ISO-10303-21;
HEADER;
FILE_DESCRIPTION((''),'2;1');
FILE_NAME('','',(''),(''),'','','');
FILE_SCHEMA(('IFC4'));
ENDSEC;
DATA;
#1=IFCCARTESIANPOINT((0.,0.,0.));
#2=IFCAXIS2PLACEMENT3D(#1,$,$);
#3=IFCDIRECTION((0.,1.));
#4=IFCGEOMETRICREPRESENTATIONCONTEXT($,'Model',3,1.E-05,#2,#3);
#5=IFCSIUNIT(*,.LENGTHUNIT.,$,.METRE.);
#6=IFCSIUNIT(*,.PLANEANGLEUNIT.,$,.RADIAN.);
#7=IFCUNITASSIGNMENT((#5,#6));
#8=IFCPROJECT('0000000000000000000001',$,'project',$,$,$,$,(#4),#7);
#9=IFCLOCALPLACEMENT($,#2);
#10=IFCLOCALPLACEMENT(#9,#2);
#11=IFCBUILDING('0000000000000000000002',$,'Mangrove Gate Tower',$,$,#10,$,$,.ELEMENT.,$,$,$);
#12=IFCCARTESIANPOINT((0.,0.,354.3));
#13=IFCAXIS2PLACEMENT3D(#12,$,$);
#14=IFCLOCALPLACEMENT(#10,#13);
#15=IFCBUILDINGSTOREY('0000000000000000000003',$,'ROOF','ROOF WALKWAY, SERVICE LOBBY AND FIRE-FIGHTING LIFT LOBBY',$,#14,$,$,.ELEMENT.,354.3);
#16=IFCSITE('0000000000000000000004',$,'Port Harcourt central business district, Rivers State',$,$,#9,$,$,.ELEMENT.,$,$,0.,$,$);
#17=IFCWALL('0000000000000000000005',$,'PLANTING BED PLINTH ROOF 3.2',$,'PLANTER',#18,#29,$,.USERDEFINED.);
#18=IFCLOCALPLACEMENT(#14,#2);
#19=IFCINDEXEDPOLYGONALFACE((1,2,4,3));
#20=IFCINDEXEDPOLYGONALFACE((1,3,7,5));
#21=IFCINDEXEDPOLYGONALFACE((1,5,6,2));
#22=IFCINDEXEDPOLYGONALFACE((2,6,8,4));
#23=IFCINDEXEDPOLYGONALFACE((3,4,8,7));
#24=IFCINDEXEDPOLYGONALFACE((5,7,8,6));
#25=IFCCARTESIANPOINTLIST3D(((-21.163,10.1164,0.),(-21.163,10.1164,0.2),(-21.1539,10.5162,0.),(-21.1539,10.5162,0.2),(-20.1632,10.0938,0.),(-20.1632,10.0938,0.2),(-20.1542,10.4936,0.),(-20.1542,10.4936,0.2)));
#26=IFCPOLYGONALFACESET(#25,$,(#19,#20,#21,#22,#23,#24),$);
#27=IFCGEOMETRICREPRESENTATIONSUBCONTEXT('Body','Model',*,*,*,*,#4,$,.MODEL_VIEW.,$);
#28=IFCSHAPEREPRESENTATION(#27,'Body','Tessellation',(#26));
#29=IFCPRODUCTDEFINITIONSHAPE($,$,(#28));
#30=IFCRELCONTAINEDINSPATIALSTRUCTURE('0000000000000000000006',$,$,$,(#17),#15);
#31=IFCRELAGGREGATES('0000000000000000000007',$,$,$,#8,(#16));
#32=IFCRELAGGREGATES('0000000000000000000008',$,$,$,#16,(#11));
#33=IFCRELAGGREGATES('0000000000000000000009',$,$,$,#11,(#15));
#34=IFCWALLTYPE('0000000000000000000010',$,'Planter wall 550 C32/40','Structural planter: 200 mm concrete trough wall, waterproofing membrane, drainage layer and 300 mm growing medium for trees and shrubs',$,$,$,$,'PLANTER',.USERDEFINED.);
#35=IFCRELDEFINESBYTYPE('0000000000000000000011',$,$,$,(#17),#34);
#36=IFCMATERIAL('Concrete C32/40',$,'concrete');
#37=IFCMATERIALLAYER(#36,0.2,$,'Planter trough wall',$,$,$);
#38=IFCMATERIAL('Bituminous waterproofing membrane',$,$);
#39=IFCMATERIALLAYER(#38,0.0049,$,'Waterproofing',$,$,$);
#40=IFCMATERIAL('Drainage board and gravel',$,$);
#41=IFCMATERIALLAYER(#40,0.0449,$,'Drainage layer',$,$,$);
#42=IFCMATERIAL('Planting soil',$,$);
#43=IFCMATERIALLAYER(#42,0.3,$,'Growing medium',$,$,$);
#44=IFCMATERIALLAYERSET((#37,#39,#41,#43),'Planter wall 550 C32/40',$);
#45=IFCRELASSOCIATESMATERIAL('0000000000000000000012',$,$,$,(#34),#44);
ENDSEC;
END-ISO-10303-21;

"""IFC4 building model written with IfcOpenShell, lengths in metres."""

from ifc_helpers import new_model, si_unit, direction, frame, frame_2d, origin, place, context, subcontext, project, spatial, rectangle, extrude, material, layer, layer_set, type_object, element, save


model = new_model("IFC4")

# Units and contexts
model_context = context("Model", 3, precision=1e-05, world=origin(), true_north=direction((0.0, 1.0)))
body_context = subcontext(model_context, "Body", "Model", "MODEL_VIEW")
ifc_project = project(units=[si_unit("LENGTHUNIT", "METRE"), si_unit("PLANEANGLEUNIT", "RADIAN")], contexts=[model_context])

# Site, building, storey
site_placement = place(None, origin())
site = spatial("IfcSite", under=ifc_project, at=site_placement, Name="Port Harcourt central business district, Rivers State", CompositionType="ELEMENT", RefElevation=0.0)
building_placement = place(site_placement, origin())
building = spatial("IfcBuilding", under=site, at=building_placement, Name="Mangrove Gate Tower", CompositionType="ELEMENT")
storey_placement = place(building_placement, frame((0.0, 0.0, 354.3)))
storey = spatial("IfcBuildingStorey", under=building, at=storey_placement, Name="ROOF", Description="ROOF WALKWAY, SERVICE LOBBY AND FIRE-FIGHTING LIFT LOBBY", CompositionType="ELEMENT", Elevation=354.3)

# Wall
ifc_material_1 = material(Name="Concrete C32/40", Category="concrete")
ifc_layer_1 = layer(ifc_material_1, 0.2, Name="Planter trough wall")
ifc_material_2 = material(Name="Bituminous waterproofing membrane")
ifc_layer_2 = layer(ifc_material_2, 0.0049, Name="Waterproofing")
ifc_material_3 = material(Name="Drainage board and gravel")
ifc_layer_3 = layer(ifc_material_3, 0.0449, Name="Drainage layer")
ifc_material_4 = material(Name="Planting soil")
ifc_layer_4 = layer(ifc_material_4, 0.3, Name="Growing medium")
ifc_layer_set_1 = layer_set([ifc_layer_1, ifc_layer_2, ifc_layer_3, ifc_layer_4], Name="Planter wall 550 C32/40")
wall_type_1 = type_object("IfcWallType", Name="Planter wall 550 C32/40", Description="Structural planter: 200 mm concrete trough wall, waterproofing membrane, drainage layer and 300 mm growing medium for trees and shrubs", ElementType="PLANTER", PredefinedType="USERDEFINED", material=ifc_layer_set_1)
wall_1_placement = place(storey_placement, frame((-20.6541, 10.5049, 0.0), z_axis=(0.0, 0.0, 1.0), x_axis=(-0.022583, -0.999745, 0.0)))
element("IfcWall", 1, at=wall_1_placement, inside=storey, type_object=wall_type_1, Name="PLANTING BED PLINTH ROOF 3.2", ObjectType="PLANTER", PredefinedType="USERDEFINED", context=body_context, shape_type="SweptSolid", body=[
    extrude(rectangle(XDim=0.3999, YDim=1.0, at=frame_2d((0.2, 0.0))), origin(), (0.0, 0.0, 1.0), 0.2),
])

save(model, "model.ifc")
